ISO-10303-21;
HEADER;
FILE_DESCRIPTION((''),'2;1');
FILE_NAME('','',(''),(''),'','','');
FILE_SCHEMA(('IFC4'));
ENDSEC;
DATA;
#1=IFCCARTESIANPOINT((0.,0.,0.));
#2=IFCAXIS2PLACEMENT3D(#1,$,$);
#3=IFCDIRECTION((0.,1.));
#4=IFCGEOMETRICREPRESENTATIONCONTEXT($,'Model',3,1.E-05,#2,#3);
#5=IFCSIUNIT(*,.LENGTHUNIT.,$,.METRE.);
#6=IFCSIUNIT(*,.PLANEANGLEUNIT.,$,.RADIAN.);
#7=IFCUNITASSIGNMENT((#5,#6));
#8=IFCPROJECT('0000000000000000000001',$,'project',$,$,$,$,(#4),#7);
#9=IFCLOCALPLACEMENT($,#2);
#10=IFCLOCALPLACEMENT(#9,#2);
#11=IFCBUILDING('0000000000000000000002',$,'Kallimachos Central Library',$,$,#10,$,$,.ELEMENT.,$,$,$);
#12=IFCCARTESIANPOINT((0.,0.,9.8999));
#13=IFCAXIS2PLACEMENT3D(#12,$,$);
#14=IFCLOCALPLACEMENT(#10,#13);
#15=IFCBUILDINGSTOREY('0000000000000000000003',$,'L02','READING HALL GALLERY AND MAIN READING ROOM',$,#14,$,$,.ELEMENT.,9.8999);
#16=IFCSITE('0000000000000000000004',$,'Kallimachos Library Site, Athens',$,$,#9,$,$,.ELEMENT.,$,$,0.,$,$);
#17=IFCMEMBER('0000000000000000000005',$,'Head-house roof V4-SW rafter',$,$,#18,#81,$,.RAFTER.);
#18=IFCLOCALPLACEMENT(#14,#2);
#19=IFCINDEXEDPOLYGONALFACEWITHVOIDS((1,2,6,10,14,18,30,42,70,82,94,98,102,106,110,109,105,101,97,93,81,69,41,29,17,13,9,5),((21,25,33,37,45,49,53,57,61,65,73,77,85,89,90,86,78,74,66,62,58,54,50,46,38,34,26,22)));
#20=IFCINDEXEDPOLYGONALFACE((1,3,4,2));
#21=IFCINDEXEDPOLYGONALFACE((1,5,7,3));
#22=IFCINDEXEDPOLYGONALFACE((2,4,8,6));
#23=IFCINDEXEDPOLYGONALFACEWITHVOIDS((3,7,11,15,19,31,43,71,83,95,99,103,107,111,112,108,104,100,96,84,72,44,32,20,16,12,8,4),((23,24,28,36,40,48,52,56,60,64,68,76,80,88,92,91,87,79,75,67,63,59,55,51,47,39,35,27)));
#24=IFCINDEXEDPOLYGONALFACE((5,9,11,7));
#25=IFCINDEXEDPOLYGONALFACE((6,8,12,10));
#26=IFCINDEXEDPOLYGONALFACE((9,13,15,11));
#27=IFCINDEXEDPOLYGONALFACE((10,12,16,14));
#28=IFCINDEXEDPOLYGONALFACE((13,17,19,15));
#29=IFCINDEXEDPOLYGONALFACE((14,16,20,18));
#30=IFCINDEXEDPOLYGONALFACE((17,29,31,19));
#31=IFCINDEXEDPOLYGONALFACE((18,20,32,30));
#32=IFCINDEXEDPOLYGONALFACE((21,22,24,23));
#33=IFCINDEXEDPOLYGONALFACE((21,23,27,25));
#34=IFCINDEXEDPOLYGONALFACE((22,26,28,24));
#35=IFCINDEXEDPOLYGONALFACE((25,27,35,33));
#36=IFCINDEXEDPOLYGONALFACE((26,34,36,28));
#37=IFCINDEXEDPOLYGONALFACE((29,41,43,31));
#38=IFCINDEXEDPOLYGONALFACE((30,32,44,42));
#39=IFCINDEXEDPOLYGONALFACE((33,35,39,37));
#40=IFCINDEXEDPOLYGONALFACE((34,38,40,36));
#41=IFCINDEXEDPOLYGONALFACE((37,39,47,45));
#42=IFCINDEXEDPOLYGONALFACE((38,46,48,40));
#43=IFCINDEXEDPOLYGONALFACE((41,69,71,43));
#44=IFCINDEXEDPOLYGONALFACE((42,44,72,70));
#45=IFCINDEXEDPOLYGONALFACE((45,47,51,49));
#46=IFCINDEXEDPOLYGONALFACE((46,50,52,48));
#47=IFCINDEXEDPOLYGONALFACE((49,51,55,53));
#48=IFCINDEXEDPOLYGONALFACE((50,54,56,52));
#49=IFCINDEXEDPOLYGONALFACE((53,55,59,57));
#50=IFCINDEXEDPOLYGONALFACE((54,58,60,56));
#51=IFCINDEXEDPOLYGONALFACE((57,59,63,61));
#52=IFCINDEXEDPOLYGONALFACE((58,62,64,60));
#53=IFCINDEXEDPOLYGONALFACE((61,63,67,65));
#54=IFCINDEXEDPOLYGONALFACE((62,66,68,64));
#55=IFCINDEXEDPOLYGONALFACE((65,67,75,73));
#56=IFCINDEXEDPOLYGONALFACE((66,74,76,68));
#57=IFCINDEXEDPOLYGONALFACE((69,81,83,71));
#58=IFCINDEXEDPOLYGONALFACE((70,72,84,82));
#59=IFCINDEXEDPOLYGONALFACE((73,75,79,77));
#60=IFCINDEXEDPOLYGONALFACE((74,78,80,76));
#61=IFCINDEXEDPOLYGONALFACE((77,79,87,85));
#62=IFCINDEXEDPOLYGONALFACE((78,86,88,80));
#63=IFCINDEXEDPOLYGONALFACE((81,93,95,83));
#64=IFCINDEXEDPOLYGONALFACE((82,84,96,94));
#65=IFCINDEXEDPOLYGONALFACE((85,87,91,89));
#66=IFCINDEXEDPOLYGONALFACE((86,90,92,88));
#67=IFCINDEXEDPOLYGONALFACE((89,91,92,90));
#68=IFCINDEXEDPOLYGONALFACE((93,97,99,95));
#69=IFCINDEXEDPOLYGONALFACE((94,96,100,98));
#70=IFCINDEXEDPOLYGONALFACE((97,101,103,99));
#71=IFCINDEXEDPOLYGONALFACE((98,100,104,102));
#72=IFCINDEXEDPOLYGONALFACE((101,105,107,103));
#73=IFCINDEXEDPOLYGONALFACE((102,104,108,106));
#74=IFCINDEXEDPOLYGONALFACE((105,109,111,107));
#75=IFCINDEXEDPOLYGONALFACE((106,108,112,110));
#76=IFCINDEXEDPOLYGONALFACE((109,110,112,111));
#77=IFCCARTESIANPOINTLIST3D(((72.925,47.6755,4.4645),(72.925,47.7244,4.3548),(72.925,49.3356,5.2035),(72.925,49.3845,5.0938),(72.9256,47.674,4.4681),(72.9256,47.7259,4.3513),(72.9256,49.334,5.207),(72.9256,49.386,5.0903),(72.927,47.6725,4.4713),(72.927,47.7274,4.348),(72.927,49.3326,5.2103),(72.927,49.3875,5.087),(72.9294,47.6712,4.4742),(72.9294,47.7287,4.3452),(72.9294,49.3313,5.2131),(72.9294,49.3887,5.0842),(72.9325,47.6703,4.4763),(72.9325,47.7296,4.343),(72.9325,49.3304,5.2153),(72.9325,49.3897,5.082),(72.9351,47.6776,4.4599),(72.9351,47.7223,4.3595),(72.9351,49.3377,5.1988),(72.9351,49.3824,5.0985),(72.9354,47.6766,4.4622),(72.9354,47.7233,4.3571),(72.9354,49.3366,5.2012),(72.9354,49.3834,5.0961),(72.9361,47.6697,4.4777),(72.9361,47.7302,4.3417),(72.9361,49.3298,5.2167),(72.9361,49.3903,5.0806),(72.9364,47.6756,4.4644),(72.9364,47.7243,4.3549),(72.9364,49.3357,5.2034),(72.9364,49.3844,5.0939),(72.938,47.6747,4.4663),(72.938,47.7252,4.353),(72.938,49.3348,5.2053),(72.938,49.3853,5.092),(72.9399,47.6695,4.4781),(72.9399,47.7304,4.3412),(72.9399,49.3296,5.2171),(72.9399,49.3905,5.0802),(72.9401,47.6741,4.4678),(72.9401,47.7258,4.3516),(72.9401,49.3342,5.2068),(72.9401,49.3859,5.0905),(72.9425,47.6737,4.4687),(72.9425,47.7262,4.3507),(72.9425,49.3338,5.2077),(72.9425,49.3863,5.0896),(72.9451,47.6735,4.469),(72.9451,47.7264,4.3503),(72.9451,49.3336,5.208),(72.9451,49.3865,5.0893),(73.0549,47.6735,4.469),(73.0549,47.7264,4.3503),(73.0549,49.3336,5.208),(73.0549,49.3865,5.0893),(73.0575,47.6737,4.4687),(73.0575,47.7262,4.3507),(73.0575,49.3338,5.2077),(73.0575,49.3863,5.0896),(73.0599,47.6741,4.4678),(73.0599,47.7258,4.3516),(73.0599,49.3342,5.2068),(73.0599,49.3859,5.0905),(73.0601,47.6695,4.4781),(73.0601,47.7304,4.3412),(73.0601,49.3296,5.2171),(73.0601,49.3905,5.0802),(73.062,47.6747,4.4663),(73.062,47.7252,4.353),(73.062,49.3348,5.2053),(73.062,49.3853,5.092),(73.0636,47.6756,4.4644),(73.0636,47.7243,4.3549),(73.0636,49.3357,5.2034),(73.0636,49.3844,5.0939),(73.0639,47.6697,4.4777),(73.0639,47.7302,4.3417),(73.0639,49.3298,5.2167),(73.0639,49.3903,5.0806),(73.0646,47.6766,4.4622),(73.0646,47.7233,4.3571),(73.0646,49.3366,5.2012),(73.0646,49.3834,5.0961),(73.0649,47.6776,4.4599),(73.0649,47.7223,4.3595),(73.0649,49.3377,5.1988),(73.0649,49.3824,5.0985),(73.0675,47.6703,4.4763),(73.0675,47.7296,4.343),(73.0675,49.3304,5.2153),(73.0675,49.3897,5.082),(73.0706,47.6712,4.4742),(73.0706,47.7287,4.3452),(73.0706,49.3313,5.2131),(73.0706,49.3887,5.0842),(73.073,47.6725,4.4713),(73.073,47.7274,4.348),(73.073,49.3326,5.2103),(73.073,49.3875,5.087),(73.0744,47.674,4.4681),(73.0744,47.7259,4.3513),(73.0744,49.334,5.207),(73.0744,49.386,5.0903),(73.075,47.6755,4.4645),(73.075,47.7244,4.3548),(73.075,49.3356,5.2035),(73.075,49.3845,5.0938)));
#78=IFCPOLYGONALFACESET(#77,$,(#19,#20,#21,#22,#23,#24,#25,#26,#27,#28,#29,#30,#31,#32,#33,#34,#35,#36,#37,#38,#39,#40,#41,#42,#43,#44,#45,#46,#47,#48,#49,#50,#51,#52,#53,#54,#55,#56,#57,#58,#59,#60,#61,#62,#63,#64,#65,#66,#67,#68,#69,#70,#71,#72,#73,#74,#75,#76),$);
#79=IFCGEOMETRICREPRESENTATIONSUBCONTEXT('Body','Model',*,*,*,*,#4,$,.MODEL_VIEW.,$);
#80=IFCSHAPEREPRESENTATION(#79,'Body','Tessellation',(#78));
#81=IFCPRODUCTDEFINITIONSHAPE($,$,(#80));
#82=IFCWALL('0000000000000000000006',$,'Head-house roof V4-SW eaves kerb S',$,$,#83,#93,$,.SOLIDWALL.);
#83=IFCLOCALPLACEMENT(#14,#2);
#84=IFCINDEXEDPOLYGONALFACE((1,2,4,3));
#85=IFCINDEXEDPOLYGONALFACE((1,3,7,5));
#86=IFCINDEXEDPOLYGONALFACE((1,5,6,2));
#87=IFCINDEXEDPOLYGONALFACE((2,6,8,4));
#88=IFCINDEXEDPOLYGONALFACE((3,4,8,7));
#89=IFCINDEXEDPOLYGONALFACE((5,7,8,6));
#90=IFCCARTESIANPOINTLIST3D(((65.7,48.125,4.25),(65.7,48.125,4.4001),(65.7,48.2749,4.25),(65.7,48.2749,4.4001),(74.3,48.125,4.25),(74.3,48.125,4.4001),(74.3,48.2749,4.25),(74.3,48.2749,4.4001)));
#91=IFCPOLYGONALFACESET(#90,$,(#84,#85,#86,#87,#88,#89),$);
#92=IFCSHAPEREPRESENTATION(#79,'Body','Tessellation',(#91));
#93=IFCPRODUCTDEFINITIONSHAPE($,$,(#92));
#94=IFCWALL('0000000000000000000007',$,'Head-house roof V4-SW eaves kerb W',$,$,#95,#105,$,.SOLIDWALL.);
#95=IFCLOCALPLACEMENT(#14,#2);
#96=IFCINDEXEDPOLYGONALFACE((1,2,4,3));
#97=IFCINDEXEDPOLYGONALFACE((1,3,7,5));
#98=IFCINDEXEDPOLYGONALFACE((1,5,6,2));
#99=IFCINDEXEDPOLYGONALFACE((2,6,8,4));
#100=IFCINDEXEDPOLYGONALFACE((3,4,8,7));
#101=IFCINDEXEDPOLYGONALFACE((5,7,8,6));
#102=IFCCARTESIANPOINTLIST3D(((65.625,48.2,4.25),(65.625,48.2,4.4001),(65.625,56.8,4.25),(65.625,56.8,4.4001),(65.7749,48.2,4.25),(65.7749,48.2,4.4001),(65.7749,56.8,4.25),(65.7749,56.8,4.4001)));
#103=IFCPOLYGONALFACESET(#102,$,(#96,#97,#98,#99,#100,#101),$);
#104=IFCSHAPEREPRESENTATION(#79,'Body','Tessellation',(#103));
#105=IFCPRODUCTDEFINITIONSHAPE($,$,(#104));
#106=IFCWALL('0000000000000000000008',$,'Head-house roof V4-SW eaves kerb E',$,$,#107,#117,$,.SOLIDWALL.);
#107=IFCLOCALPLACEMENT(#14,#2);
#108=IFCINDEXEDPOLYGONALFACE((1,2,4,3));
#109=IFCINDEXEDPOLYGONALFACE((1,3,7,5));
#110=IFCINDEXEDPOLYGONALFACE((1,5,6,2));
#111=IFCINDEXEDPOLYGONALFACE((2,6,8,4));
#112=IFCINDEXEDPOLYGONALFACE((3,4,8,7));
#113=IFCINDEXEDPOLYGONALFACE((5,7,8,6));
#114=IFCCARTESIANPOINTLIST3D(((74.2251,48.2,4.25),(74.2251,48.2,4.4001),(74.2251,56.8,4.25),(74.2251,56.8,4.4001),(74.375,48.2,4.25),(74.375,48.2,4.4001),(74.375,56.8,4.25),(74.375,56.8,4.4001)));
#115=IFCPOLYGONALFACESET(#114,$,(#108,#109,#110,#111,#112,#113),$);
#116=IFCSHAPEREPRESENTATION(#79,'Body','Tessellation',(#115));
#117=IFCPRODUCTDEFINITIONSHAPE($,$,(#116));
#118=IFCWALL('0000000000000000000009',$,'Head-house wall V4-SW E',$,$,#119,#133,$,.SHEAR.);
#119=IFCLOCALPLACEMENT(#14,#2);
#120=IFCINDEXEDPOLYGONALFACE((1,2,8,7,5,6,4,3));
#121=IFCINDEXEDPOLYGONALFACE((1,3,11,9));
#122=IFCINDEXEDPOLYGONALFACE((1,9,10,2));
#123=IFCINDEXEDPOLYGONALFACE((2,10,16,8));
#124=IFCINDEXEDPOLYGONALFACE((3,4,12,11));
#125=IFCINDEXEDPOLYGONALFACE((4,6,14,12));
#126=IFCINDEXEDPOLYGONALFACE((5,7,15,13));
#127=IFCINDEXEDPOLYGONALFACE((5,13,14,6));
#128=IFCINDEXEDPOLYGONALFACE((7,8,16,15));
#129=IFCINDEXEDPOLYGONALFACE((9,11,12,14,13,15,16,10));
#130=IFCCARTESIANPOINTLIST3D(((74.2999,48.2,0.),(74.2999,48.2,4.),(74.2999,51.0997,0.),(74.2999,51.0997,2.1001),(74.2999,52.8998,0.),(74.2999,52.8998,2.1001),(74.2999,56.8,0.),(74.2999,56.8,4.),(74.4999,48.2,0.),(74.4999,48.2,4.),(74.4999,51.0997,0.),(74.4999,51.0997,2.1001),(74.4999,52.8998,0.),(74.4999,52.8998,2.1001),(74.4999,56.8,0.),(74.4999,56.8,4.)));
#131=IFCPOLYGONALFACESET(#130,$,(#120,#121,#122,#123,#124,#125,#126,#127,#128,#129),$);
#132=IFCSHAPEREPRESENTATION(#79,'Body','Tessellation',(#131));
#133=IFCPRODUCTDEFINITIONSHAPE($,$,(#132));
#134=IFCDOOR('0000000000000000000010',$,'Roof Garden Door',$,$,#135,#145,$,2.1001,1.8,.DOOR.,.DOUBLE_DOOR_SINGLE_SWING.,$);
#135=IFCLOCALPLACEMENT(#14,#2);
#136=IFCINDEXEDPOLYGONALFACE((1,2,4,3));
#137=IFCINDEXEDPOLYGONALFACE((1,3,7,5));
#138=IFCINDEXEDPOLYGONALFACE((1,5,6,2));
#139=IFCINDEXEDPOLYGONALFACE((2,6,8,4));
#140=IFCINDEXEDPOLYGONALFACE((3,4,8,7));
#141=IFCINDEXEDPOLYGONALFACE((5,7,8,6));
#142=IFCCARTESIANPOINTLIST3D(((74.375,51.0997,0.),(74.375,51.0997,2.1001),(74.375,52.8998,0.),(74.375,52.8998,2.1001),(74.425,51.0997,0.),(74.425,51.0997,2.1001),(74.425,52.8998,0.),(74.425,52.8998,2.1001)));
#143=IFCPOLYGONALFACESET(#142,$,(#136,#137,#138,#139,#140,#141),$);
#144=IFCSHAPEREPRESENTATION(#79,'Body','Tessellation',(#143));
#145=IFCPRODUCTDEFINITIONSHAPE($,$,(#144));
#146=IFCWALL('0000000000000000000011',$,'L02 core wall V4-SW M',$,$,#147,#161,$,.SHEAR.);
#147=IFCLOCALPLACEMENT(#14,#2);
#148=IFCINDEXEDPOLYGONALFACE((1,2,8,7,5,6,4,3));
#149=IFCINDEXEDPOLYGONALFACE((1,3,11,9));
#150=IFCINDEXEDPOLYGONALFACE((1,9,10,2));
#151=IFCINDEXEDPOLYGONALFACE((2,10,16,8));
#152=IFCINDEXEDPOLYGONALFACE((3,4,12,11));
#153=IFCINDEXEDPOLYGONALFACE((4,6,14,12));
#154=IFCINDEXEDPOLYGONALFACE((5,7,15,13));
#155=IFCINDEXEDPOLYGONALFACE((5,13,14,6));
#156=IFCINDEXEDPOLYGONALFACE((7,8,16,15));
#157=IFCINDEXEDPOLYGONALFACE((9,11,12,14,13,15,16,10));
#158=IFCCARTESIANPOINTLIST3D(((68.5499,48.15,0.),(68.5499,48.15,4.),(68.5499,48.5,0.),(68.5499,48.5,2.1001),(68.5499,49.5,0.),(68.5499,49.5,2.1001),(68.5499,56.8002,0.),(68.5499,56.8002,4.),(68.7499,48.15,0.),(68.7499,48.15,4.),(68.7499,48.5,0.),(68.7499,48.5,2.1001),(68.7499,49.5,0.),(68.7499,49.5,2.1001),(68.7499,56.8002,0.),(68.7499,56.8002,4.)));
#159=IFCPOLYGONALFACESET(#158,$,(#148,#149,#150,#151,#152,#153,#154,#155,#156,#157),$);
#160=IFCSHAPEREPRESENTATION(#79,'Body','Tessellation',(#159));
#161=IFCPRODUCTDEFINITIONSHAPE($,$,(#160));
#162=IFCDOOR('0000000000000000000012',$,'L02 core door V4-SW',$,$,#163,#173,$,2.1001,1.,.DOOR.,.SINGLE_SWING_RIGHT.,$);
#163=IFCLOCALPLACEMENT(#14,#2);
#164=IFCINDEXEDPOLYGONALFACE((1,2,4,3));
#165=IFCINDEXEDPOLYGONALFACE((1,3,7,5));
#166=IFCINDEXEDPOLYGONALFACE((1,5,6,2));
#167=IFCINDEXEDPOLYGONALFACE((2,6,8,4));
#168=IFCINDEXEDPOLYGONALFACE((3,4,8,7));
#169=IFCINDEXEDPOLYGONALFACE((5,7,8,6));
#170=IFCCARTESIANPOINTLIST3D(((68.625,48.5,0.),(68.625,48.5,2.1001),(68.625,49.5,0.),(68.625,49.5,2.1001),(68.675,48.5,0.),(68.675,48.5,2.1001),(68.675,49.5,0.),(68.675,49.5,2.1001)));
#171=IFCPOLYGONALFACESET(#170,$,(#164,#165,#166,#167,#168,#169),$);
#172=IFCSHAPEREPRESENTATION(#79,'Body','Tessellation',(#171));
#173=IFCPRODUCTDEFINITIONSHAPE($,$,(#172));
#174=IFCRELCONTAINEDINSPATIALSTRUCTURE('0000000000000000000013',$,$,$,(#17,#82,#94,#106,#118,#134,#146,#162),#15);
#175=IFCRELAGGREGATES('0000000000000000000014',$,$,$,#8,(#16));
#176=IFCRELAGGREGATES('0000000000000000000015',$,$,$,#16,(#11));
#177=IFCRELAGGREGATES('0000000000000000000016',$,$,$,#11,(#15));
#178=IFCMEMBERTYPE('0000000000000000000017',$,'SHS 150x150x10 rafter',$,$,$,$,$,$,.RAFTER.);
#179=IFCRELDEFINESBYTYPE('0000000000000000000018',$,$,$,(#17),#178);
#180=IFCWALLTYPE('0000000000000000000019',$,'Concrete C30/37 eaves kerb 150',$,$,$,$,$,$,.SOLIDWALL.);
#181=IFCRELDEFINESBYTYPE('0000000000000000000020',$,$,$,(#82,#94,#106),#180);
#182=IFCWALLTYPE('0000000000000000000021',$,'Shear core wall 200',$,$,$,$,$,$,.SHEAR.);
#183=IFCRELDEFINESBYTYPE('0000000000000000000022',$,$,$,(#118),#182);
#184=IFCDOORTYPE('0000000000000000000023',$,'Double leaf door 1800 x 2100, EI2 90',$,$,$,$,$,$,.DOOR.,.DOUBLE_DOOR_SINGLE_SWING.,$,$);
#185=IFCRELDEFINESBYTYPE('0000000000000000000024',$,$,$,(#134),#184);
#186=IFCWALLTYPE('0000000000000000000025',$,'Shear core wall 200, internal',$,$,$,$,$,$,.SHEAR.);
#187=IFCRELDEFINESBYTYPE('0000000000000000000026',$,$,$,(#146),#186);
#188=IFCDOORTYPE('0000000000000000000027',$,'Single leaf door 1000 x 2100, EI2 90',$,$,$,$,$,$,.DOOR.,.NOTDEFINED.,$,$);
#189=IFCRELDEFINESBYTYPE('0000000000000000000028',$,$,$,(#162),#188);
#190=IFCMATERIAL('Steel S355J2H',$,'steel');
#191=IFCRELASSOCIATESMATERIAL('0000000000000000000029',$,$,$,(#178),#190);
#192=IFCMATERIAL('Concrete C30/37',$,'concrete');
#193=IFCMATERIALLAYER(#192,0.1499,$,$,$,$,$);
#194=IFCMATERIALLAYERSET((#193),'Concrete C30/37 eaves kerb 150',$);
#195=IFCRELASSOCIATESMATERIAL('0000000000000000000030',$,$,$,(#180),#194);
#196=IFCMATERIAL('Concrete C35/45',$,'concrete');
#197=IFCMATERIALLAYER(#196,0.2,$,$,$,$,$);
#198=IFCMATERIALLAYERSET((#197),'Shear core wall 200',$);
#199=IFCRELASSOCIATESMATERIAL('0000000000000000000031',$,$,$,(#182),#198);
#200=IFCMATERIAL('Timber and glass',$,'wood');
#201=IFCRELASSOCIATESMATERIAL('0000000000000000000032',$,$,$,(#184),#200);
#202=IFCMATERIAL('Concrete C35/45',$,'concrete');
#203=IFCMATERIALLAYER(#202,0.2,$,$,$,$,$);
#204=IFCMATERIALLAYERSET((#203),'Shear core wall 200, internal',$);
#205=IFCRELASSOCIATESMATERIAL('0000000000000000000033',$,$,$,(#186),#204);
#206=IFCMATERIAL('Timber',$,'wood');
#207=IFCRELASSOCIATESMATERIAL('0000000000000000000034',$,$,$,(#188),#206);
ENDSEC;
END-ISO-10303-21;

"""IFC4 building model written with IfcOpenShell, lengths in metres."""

from ifc_helpers import new_model, si_unit, direction, frame, frame_2d, origin, origin_2d, place, context, subcontext, project, spatial, rectangle, hollow_rectangle, extrude, material, layer, layer_set, material_profile, profile_set, type_object, element, fill, save


model = new_model("IFC4")

# Units and contexts
model_context = context("Model", 3, precision=1e-05, world=origin(), true_north=direction((0.0, 1.0)))
body_context = subcontext(model_context, "Body", "Model", "MODEL_VIEW")
ifc_project = project(units=[si_unit("LENGTHUNIT", "METRE"), si_unit("PLANEANGLEUNIT", "RADIAN")], contexts=[model_context])

# Site, building, storey
site_placement = place(None, origin())
site = spatial("IfcSite", under=ifc_project, at=site_placement, Name="Kallimachos Library Site, Athens", CompositionType="ELEMENT", RefElevation=0.0)
building_placement = place(site_placement, origin())
building = spatial("IfcBuilding", under=site, at=building_placement, Name="Kallimachos Central Library", CompositionType="ELEMENT")
storey_placement = place(building_placement, frame((0.0, 0.0, 9.8999)))
storey = spatial("IfcBuildingStorey", under=building, at=storey_placement, Name="L02", Description="READING HALL GALLERY AND MAIN READING ROOM", CompositionType="ELEMENT", Elevation=9.8999)

# Member
ifc_material_1 = material(Name="Steel S355J2H", Category="steel")
ifc_material_profile_1 = material_profile(ifc_material_1, hollow_rectangle(XDim=0.1499, YDim=0.1499, WallThickness=0.01, InnerFilletRadius=0.01, OuterFilletRadius=0.0149, at=origin_2d()), Name="SHS 150x150x10")
ifc_profile_set_1 = profile_set([ifc_material_profile_1], Name="Steel S355J2H")
member_type_1 = type_object("IfcMemberType", Name="SHS 150x150x10 rafter", PredefinedType="RAFTER", material=ifc_profile_set_1)
member_1_placement = place(storey_placement, frame((73.0, 47.7, 4.4097), z_axis=(0.0, 0.913573, 0.406674), x_axis=(-1.0, 0.0, 0.0)))
element("IfcMember", 1, at=member_1_placement, inside=storey, type_object=member_type_1, Name="Head-house roof V4-SW rafter", PredefinedType="RAFTER", context=body_context, shape_type="SweptSolid", body=[
    extrude(hollow_rectangle(XDim=0.1499, YDim=0.1499, WallThickness=0.01, InnerFilletRadius=0.01, OuterFilletRadius=0.0149, at=origin_2d()), origin(), (0.0, 0.0, 1.0), 1.8171),
])

# Walls
ifc_material_2 = material(Name="Concrete C30/37", Category="concrete")
ifc_layer_1 = layer(ifc_material_2, 0.1499)
ifc_layer_set_1 = layer_set([ifc_layer_1], Name="Concrete C30/37 eaves kerb 150")
wall_type_1 = type_object("IfcWallType", Name="Concrete C30/37 eaves kerb 150", PredefinedType="SOLIDWALL", material=ifc_layer_set_1)
for number, where, z_axis, x_axis, name in (
    (2, (65.7, 48.2, 4.25), (0.0, 0.0, 1.0), (1.0, 0.0, 0.0), "Head-house roof V4-SW eaves kerb S"),
    (3, (65.7, 48.2, 4.25), (0.0, 0.0, 1.0), (0.0, 1.0, 0.0), "Head-house roof V4-SW eaves kerb W"),
    (4, (74.3, 48.2, 4.25), (0.0, 0.0, 1.0), (0.0, 1.0, 0.0), "Head-house roof V4-SW eaves kerb E"),
):
    element("IfcWall", number, at=place(storey_placement, frame(where, z_axis=z_axis, x_axis=x_axis)), inside=storey, type_object=wall_type_1, Name=name, PredefinedType="SOLIDWALL", context=body_context, shape_type="SweptSolid", body=[
        extrude(rectangle(XDim=8.6001, YDim=0.1499, at=frame_2d((4.3, 0.0))), origin(), (0.0, 0.0, 1.0), 0.1501),
    ])

# Walls, openings, doors
ifc_material_3 = material(Name="Concrete C35/45", Category="concrete")
ifc_layer_2 = layer(ifc_material_3, 0.2)
ifc_layer_set_2 = layer_set([ifc_layer_2], Name="Shear core wall 200")
wall_type_2 = type_object("IfcWallType", Name="Shear core wall 200", PredefinedType="SHEAR", material=ifc_layer_set_2)
wall_1_placement = place(storey_placement, frame((74.3999, 48.2, 0.0), z_axis=(0.0, 0.0, 1.0), x_axis=(0.0, 1.0, 0.0)))
wall_1 = element("IfcWall", 5, at=wall_1_placement, inside=storey, type_object=wall_type_2, Name="Head-house wall V4-SW E", PredefinedType="SHEAR", context=body_context, shape_type="SweptSolid", body=[
    extrude(rectangle(XDim=8.6001, YDim=0.2, at=frame_2d((4.3, 0.0))), origin(), (0.0, 0.0, 1.0), 4.0),
])
opening_1_placement = place(wall_1_placement, frame((2.8999, 0.0, 0.0)))
opening_1 = element("IfcOpeningElement", 6, at=opening_1_placement, cuts=wall_1, PredefinedType="OPENING", context=body_context, shape_type="SweptSolid", body=[
    extrude(rectangle(XDim=1.8, YDim=2.1001, at=frame_2d((0.8999, 1.05))), frame((0.0, 0.1099, 0.0), z_axis=(0.0, -1.0, 0.0), x_axis=(1.0, 0.0, 0.0)), (0.0, 0.0, 1.0), 0.22),
])
ifc_material_4 = material(Name="Timber and glass", Category="wood")
door_type_1 = type_object("IfcDoorType", Name="Double leaf door 1800 x 2100, EI2 90", OperationType="DOUBLE_DOOR_SINGLE_SWING", PredefinedType="DOOR", material=ifc_material_4)
door_1_placement = place(opening_1_placement, origin())
door_1 = element("IfcDoor", 7, at=door_1_placement, inside=storey, type_object=door_type_1, Name="Roof Garden Door", OperationType="DOUBLE_DOOR_SINGLE_SWING", OverallHeight=2.1001, OverallWidth=1.8, PredefinedType="DOOR", context=body_context, shape_type="SweptSolid", body=[
    extrude(rectangle(XDim=1.8, YDim=2.1001, at=frame_2d((0.8999, 1.05))), frame((0.0, 0.0249, 0.0), z_axis=(0.0, -1.0, 0.0), x_axis=(1.0, 0.0, 0.0)), (0.0, 0.0, 1.0), 0.05),
])
fill(opening_1, door_1)
ifc_material_5 = material(Name="Concrete C35/45", Category="concrete")
ifc_layer_3 = layer(ifc_material_5, 0.2)
ifc_layer_set_3 = layer_set([ifc_layer_3], Name="Shear core wall 200, internal")
wall_type_3 = type_object("IfcWallType", Name="Shear core wall 200, internal", PredefinedType="SHEAR", material=ifc_layer_set_3)
wall_2_placement = place(storey_placement, frame((68.6499, 48.1499, 0.0), z_axis=(0.0, 0.0, 1.0), x_axis=(0.0, 1.0, 0.0)))
wall_2 = element("IfcWall", 8, at=wall_2_placement, inside=storey, type_object=wall_type_3, Name="L02 core wall V4-SW M", PredefinedType="SHEAR", context=body_context, shape_type="SweptSolid", body=[
    extrude(rectangle(XDim=8.6501, YDim=0.2, at=frame_2d((4.3252, 0.0))), origin(), (0.0, 0.0, 1.0), 4.0),
])
opening_2_placement = place(wall_2_placement, frame((0.3501, 0.0, 0.0)))
opening_2 = element("IfcOpeningElement", 9, at=opening_2_placement, cuts=wall_2, PredefinedType="OPENING", context=body_context, shape_type="SweptSolid", body=[
    extrude(rectangle(XDim=1.0, YDim=2.1001, at=frame_2d((0.5, 1.05))), frame((0.0, 0.1099, 0.0), z_axis=(0.0, -1.0, 0.0), x_axis=(1.0, 0.0, 0.0)), (0.0, 0.0, 1.0), 0.22),
])
ifc_material_6 = material(Name="Timber", Category="wood")
door_type_2 = type_object("IfcDoorType", Name="Single leaf door 1000 x 2100, EI2 90", OperationType="NOTDEFINED", PredefinedType="DOOR", material=ifc_material_6)
door_2_placement = place(opening_2_placement, origin())
door_2 = element("IfcDoor", 10, at=door_2_placement, inside=storey, type_object=door_type_2, Name="L02 core door V4-SW", OperationType="SINGLE_SWING_RIGHT", OverallHeight=2.1001, OverallWidth=1.0, PredefinedType="DOOR", context=body_context, shape_type="SweptSolid", body=[
    extrude(rectangle(XDim=1.0, YDim=2.1001, at=frame_2d((0.5, 1.05))), frame((0.0, 0.0249, 0.0), z_axis=(0.0, -1.0, 0.0), x_axis=(1.0, 0.0, 0.0)), (0.0, 0.0, 1.0), 0.05),
])
fill(opening_2, door_2)

save(model, "model.ifc")
